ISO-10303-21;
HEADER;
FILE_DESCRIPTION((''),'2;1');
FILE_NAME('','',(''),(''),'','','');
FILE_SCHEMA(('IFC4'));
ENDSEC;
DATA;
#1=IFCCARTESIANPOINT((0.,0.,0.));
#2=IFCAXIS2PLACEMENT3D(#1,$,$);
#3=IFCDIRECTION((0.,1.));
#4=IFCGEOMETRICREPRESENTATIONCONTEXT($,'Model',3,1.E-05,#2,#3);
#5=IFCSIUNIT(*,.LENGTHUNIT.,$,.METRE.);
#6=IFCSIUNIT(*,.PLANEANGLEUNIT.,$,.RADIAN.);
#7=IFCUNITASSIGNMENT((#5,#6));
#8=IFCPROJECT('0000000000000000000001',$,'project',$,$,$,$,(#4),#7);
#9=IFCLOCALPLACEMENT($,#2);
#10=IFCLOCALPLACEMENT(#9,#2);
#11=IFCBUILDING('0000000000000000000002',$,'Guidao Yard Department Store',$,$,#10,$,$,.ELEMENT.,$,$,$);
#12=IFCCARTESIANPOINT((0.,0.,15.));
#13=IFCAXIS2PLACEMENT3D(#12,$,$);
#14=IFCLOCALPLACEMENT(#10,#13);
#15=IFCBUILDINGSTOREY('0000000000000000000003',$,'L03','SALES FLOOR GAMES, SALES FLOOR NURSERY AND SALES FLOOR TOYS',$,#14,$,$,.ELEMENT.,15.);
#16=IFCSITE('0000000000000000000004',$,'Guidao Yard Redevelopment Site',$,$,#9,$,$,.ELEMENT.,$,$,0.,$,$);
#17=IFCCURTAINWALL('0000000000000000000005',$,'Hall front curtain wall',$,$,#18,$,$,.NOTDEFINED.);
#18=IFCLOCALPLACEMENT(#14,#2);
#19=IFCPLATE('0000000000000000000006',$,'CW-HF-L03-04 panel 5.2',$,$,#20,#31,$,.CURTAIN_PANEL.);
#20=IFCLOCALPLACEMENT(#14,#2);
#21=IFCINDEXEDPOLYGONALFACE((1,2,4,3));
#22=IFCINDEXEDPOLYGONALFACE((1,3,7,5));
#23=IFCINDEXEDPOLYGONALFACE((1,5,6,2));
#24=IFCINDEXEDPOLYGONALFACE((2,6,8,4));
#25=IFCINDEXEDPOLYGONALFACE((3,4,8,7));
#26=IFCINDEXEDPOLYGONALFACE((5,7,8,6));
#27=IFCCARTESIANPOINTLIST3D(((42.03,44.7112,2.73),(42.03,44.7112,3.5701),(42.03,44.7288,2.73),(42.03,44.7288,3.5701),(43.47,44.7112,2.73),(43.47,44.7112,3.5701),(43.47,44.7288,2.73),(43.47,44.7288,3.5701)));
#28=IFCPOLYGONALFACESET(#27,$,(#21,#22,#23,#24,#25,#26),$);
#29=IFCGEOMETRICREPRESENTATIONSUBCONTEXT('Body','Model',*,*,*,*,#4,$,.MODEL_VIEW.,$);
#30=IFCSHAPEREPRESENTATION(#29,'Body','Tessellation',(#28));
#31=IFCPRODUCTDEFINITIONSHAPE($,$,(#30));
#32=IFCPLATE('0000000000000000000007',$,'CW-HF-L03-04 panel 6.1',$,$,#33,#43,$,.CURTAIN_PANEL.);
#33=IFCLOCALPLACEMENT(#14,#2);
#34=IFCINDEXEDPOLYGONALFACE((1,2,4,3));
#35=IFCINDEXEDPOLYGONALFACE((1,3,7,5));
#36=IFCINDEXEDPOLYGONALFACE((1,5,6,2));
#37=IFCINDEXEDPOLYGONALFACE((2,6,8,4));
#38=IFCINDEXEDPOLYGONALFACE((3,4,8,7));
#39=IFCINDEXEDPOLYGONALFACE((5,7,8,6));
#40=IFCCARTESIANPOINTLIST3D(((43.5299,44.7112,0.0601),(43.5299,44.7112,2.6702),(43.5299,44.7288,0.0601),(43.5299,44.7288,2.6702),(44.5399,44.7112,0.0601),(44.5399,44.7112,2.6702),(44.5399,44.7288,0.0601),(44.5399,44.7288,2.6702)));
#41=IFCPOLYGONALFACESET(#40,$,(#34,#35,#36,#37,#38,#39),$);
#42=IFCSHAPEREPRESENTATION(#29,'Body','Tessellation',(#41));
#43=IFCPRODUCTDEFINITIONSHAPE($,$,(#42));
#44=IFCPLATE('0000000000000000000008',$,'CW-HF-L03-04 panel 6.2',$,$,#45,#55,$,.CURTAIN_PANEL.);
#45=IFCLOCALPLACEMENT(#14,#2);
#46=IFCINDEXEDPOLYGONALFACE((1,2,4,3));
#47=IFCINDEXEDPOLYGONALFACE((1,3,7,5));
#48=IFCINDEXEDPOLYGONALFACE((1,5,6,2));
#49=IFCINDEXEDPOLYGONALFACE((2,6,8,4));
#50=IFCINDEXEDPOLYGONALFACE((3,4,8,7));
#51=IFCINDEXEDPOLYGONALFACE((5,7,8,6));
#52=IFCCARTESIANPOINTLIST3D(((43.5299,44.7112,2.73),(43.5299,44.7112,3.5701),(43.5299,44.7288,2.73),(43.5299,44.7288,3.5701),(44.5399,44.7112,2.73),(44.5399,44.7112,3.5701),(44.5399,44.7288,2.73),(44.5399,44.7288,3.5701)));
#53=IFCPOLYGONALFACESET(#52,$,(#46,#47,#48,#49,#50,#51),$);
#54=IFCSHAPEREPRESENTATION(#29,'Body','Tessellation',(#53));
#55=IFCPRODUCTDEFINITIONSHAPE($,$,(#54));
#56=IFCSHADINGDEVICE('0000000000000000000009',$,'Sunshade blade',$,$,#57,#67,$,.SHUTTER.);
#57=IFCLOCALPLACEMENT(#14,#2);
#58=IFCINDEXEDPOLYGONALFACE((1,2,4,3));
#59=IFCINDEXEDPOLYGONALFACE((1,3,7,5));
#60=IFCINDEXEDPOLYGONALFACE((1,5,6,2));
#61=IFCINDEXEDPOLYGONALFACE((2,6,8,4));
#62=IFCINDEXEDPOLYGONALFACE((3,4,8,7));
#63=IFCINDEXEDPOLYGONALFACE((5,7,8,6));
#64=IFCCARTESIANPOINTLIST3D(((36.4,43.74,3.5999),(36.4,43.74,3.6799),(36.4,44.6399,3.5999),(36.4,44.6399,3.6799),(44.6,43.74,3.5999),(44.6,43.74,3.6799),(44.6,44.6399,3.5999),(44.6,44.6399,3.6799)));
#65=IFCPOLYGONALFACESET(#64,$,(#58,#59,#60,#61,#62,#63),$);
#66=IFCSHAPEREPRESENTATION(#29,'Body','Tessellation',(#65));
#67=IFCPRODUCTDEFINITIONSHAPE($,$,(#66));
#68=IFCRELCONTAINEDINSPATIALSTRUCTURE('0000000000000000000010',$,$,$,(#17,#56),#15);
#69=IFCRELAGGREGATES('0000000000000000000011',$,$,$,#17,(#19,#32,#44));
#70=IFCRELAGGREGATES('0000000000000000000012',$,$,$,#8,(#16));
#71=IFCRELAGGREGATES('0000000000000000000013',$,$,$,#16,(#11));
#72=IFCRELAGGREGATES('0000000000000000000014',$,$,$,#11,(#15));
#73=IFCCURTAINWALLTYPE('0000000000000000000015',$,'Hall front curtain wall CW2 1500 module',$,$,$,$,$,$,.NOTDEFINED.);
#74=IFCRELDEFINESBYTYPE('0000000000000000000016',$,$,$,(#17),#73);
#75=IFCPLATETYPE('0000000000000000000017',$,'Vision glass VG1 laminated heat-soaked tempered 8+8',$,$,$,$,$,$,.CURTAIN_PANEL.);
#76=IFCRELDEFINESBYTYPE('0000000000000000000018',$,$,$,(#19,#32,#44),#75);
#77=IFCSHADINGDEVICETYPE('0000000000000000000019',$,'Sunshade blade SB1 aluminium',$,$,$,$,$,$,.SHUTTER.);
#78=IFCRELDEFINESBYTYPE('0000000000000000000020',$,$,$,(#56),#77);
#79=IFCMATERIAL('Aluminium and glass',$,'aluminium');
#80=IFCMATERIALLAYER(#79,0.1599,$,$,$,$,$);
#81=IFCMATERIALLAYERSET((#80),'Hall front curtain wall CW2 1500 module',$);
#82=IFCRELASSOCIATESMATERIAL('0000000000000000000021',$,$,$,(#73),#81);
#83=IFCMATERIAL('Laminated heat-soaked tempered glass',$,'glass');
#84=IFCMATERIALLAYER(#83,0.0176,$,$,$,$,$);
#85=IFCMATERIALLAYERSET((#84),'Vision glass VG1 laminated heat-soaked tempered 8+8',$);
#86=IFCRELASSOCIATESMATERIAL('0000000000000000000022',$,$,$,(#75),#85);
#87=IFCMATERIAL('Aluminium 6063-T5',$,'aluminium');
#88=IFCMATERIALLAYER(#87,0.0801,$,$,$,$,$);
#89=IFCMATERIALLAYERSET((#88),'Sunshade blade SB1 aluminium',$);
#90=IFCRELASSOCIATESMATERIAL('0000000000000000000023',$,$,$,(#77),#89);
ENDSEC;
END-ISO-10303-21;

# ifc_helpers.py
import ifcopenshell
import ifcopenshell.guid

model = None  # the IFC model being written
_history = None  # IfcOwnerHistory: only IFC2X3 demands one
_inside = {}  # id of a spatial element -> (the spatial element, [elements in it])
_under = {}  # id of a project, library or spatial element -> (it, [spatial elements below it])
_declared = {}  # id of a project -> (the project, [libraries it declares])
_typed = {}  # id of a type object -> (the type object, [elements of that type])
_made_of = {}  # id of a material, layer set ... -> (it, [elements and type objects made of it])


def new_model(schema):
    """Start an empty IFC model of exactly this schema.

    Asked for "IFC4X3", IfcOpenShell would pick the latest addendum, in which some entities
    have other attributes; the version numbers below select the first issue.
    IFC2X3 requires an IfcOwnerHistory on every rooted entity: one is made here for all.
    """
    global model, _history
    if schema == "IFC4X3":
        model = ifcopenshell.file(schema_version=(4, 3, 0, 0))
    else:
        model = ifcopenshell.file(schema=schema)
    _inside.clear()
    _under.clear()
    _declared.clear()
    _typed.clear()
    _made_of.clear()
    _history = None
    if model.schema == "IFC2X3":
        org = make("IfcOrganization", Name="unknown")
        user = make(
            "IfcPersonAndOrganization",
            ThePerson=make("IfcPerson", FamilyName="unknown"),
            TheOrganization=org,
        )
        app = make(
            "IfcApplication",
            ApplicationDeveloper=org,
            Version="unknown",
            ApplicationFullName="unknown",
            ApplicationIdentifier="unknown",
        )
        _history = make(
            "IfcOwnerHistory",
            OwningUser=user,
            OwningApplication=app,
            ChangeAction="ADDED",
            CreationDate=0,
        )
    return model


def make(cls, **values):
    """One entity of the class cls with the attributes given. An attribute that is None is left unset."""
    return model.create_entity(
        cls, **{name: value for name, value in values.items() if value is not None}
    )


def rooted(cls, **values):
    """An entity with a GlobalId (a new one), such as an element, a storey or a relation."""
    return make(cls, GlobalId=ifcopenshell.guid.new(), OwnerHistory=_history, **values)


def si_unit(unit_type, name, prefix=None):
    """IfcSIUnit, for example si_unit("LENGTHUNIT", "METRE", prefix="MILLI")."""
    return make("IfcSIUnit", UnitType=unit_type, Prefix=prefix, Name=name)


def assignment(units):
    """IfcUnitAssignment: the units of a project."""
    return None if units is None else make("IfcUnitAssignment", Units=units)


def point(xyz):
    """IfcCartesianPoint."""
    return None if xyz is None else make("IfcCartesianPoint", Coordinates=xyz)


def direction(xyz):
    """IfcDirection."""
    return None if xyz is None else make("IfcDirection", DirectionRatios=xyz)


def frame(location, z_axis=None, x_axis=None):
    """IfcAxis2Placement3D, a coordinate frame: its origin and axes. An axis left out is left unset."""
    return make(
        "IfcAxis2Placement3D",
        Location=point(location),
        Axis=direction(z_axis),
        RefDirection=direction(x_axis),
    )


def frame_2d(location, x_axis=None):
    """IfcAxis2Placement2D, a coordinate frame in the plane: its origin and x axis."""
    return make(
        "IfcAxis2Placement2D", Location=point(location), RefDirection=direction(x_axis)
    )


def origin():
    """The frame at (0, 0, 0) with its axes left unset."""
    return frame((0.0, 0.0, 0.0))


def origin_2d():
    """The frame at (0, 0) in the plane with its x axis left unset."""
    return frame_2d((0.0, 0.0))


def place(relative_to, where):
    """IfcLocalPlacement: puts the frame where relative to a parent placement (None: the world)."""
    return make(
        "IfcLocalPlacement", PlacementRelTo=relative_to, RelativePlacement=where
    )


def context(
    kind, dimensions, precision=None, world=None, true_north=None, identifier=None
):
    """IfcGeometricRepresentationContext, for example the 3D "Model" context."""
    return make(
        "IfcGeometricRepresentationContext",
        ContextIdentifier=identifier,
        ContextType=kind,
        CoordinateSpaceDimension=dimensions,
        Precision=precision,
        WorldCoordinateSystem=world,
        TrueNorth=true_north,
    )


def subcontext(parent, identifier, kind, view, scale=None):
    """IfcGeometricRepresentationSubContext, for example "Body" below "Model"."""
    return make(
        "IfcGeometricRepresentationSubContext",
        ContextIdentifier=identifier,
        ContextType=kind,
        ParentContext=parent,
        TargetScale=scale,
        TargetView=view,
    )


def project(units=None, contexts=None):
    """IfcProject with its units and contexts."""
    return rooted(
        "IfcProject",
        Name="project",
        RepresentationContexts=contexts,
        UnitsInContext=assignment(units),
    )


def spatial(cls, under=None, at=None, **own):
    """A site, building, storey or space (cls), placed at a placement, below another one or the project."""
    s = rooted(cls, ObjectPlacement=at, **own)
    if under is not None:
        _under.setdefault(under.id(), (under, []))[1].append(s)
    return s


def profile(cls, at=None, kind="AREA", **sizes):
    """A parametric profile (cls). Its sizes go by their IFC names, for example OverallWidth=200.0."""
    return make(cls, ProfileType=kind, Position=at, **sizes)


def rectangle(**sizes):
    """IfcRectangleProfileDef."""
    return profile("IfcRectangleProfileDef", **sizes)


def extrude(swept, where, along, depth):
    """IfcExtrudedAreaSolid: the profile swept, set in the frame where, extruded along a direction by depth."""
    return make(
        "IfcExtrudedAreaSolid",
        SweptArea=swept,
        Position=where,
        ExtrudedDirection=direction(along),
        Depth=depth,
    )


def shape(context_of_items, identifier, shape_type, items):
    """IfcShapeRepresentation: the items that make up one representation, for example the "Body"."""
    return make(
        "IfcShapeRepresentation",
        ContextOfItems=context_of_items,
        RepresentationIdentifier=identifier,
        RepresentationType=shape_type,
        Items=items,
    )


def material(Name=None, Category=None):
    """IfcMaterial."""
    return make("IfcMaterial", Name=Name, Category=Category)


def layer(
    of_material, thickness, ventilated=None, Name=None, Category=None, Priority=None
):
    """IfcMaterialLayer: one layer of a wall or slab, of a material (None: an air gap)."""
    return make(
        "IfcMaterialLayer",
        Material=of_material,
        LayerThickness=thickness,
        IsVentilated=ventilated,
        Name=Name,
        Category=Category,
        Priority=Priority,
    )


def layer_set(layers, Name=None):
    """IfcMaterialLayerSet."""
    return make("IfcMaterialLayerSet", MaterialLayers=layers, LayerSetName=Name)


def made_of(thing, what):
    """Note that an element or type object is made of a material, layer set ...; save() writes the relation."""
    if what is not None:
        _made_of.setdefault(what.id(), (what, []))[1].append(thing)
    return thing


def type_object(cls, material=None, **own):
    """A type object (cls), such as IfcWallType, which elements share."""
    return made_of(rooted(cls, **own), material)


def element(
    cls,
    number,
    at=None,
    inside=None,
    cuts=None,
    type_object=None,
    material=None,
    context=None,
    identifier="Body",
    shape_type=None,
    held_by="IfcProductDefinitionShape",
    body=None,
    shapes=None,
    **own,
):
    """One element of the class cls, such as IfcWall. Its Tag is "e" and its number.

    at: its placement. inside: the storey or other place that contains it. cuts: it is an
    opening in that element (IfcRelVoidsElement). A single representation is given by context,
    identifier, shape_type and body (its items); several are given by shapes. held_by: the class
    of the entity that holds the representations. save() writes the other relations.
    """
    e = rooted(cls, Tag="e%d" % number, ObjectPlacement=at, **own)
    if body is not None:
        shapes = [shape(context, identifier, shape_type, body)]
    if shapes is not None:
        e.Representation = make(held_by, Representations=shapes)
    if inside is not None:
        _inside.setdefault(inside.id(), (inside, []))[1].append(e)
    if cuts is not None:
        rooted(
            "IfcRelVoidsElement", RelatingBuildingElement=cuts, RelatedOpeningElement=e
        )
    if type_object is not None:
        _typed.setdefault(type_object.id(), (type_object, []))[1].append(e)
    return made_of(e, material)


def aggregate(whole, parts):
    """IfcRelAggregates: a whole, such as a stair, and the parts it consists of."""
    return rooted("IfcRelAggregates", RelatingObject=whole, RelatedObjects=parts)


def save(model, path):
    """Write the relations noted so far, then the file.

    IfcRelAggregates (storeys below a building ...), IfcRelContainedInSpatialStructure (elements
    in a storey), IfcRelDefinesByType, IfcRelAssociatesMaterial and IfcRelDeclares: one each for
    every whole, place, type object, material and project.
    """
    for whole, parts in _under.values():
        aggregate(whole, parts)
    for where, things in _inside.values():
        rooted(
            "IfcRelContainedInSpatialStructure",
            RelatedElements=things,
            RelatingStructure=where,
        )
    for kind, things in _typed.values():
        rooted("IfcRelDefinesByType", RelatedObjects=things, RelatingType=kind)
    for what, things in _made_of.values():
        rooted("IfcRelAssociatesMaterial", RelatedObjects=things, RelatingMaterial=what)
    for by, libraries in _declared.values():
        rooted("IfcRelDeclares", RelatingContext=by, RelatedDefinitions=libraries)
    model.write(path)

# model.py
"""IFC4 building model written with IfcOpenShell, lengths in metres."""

from ifc_helpers import new_model, si_unit, direction, frame, origin, origin_2d, place, context, subcontext, project, spatial, rectangle, extrude, material, layer, layer_set, type_object, element, aggregate, save


model = new_model("IFC4")

# Units and contexts
model_context = context("Model", 3, precision=1e-05, world=origin(), true_north=direction((0.0, 1.0)))
body_context = subcontext(model_context, "Body", "Model", "MODEL_VIEW")
ifc_project = project(units=[si_unit("LENGTHUNIT", "METRE"), si_unit("PLANEANGLEUNIT", "RADIAN")], contexts=[model_context])

# Site, building, storey
site_placement = place(None, origin())
site = spatial("IfcSite", under=ifc_project, at=site_placement, Name="Guidao Yard Redevelopment Site", CompositionType="ELEMENT", RefElevation=0.0)
building_placement = place(site_placement, origin())
building = spatial("IfcBuilding", under=site, at=building_placement, Name="Guidao Yard Department Store", CompositionType="ELEMENT")
storey_placement = place(building_placement, frame((0.0, 0.0, 15.0)))
storey = spatial("IfcBuildingStorey", under=building, at=storey_placement, Name="L03", Description="SALES FLOOR GAMES, SALES FLOOR NURSERY AND SALES FLOOR TOYS", CompositionType="ELEMENT", Elevation=15.0)

# Curtain wall, plates
ifc_material_1 = material(Name="Aluminium and glass", Category="aluminium")
ifc_layer_1 = layer(ifc_material_1, 0.1599)
ifc_layer_set_1 = layer_set([ifc_layer_1], Name="Hall front curtain wall CW2 1500 module")
curtain_wall_type = type_object("IfcCurtainWallType", Name="Hall front curtain wall CW2 1500 module", PredefinedType="NOTDEFINED", material=ifc_layer_set_1)
curtain_wall_placement = place(storey_placement, origin())
curtain_wall = element("IfcCurtainWall", 1, at=curtain_wall_placement, inside=storey, type_object=curtain_wall_type, Name="Hall front curtain wall", PredefinedType="NOTDEFINED")
ifc_material_2 = material(Name="Laminated heat-soaked tempered glass", Category="glass")
ifc_layer_2 = layer(ifc_material_2, 0.0176)
ifc_layer_set_2 = layer_set([ifc_layer_2], Name="Vision glass VG1 laminated heat-soaked tempered 8+8")
plate_type_1 = type_object("IfcPlateType", Name="Vision glass VG1 laminated heat-soaked tempered 8+8", PredefinedType="CURTAIN_PANEL", material=ifc_layer_set_2)
plate_1_placement = place(storey_placement, frame((42.75, 44.72, 2.73), z_axis=(0.0, 0.0, 1.0), x_axis=(-1.0, 0.0, 0.0)))
plate_1 = element("IfcPlate", 2, at=plate_1_placement, type_object=plate_type_1, Name="CW-HF-L03-04 panel 5.2", PredefinedType="CURTAIN_PANEL", context=body_context, shape_type="SweptSolid", body=[
    extrude(rectangle(XDim=1.4399, YDim=0.0176, at=origin_2d()), origin(), (0.0, 0.0, 1.0), 0.8401),
])
plate_2_placement = place(storey_placement, frame((44.0349, 44.72, 0.0601), z_axis=(0.0, 0.0, 1.0), x_axis=(-1.0, 0.0, 0.0)))
plate_2 = element("IfcPlate", 3, at=plate_2_placement, type_object=plate_type_1, Name="CW-HF-L03-04 panel 6.1", PredefinedType="CURTAIN_PANEL", context=body_context, shape_type="SweptSolid", body=[
    extrude(rectangle(XDim=1.01, YDim=0.0176, at=origin_2d()), origin(), (0.0, 0.0, 1.0), 2.6101),
])
plate_3_placement = place(storey_placement, frame((44.0349, 44.72, 2.73), z_axis=(0.0, 0.0, 1.0), x_axis=(-1.0, 0.0, 0.0)))
plate_3 = element("IfcPlate", 4, at=plate_3_placement, type_object=plate_type_1, Name="CW-HF-L03-04 panel 6.2", PredefinedType="CURTAIN_PANEL", context=body_context, shape_type="SweptSolid", body=[
    extrude(rectangle(XDim=1.01, YDim=0.0176, at=origin_2d()), origin(), (0.0, 0.0, 1.0), 0.8401),
])
aggregate(curtain_wall, [plate_1, plate_2, plate_3])

# Shading device
ifc_material_3 = material(Name="Aluminium 6063-T5", Category="aluminium")
ifc_layer_3 = layer(ifc_material_3, 0.0801)
ifc_layer_set_3 = layer_set([ifc_layer_3], Name="Sunshade blade SB1 aluminium")
shading_device_type = type_object("IfcShadingDeviceType", Name="Sunshade blade SB1 aluminium", PredefinedType="SHUTTER", material=ifc_layer_set_3)
shading_device_placement = place(storey_placement, frame((40.5, 44.1899, 3.5999), z_axis=(0.0, 0.0, 1.0), x_axis=(-1.0, 0.0, 0.0)))
element("IfcShadingDevice", 5, at=shading_device_placement, inside=storey, type_object=shading_device_type, Name="Sunshade blade", PredefinedType="SHUTTER", context=body_context, shape_type="SweptSolid", body=[
    extrude(rectangle(XDim=8.2, YDim=0.8999, at=origin_2d()), origin(), (0.0, 0.0, 1.0), 0.0801),
])

save(model, "model.ifc")
